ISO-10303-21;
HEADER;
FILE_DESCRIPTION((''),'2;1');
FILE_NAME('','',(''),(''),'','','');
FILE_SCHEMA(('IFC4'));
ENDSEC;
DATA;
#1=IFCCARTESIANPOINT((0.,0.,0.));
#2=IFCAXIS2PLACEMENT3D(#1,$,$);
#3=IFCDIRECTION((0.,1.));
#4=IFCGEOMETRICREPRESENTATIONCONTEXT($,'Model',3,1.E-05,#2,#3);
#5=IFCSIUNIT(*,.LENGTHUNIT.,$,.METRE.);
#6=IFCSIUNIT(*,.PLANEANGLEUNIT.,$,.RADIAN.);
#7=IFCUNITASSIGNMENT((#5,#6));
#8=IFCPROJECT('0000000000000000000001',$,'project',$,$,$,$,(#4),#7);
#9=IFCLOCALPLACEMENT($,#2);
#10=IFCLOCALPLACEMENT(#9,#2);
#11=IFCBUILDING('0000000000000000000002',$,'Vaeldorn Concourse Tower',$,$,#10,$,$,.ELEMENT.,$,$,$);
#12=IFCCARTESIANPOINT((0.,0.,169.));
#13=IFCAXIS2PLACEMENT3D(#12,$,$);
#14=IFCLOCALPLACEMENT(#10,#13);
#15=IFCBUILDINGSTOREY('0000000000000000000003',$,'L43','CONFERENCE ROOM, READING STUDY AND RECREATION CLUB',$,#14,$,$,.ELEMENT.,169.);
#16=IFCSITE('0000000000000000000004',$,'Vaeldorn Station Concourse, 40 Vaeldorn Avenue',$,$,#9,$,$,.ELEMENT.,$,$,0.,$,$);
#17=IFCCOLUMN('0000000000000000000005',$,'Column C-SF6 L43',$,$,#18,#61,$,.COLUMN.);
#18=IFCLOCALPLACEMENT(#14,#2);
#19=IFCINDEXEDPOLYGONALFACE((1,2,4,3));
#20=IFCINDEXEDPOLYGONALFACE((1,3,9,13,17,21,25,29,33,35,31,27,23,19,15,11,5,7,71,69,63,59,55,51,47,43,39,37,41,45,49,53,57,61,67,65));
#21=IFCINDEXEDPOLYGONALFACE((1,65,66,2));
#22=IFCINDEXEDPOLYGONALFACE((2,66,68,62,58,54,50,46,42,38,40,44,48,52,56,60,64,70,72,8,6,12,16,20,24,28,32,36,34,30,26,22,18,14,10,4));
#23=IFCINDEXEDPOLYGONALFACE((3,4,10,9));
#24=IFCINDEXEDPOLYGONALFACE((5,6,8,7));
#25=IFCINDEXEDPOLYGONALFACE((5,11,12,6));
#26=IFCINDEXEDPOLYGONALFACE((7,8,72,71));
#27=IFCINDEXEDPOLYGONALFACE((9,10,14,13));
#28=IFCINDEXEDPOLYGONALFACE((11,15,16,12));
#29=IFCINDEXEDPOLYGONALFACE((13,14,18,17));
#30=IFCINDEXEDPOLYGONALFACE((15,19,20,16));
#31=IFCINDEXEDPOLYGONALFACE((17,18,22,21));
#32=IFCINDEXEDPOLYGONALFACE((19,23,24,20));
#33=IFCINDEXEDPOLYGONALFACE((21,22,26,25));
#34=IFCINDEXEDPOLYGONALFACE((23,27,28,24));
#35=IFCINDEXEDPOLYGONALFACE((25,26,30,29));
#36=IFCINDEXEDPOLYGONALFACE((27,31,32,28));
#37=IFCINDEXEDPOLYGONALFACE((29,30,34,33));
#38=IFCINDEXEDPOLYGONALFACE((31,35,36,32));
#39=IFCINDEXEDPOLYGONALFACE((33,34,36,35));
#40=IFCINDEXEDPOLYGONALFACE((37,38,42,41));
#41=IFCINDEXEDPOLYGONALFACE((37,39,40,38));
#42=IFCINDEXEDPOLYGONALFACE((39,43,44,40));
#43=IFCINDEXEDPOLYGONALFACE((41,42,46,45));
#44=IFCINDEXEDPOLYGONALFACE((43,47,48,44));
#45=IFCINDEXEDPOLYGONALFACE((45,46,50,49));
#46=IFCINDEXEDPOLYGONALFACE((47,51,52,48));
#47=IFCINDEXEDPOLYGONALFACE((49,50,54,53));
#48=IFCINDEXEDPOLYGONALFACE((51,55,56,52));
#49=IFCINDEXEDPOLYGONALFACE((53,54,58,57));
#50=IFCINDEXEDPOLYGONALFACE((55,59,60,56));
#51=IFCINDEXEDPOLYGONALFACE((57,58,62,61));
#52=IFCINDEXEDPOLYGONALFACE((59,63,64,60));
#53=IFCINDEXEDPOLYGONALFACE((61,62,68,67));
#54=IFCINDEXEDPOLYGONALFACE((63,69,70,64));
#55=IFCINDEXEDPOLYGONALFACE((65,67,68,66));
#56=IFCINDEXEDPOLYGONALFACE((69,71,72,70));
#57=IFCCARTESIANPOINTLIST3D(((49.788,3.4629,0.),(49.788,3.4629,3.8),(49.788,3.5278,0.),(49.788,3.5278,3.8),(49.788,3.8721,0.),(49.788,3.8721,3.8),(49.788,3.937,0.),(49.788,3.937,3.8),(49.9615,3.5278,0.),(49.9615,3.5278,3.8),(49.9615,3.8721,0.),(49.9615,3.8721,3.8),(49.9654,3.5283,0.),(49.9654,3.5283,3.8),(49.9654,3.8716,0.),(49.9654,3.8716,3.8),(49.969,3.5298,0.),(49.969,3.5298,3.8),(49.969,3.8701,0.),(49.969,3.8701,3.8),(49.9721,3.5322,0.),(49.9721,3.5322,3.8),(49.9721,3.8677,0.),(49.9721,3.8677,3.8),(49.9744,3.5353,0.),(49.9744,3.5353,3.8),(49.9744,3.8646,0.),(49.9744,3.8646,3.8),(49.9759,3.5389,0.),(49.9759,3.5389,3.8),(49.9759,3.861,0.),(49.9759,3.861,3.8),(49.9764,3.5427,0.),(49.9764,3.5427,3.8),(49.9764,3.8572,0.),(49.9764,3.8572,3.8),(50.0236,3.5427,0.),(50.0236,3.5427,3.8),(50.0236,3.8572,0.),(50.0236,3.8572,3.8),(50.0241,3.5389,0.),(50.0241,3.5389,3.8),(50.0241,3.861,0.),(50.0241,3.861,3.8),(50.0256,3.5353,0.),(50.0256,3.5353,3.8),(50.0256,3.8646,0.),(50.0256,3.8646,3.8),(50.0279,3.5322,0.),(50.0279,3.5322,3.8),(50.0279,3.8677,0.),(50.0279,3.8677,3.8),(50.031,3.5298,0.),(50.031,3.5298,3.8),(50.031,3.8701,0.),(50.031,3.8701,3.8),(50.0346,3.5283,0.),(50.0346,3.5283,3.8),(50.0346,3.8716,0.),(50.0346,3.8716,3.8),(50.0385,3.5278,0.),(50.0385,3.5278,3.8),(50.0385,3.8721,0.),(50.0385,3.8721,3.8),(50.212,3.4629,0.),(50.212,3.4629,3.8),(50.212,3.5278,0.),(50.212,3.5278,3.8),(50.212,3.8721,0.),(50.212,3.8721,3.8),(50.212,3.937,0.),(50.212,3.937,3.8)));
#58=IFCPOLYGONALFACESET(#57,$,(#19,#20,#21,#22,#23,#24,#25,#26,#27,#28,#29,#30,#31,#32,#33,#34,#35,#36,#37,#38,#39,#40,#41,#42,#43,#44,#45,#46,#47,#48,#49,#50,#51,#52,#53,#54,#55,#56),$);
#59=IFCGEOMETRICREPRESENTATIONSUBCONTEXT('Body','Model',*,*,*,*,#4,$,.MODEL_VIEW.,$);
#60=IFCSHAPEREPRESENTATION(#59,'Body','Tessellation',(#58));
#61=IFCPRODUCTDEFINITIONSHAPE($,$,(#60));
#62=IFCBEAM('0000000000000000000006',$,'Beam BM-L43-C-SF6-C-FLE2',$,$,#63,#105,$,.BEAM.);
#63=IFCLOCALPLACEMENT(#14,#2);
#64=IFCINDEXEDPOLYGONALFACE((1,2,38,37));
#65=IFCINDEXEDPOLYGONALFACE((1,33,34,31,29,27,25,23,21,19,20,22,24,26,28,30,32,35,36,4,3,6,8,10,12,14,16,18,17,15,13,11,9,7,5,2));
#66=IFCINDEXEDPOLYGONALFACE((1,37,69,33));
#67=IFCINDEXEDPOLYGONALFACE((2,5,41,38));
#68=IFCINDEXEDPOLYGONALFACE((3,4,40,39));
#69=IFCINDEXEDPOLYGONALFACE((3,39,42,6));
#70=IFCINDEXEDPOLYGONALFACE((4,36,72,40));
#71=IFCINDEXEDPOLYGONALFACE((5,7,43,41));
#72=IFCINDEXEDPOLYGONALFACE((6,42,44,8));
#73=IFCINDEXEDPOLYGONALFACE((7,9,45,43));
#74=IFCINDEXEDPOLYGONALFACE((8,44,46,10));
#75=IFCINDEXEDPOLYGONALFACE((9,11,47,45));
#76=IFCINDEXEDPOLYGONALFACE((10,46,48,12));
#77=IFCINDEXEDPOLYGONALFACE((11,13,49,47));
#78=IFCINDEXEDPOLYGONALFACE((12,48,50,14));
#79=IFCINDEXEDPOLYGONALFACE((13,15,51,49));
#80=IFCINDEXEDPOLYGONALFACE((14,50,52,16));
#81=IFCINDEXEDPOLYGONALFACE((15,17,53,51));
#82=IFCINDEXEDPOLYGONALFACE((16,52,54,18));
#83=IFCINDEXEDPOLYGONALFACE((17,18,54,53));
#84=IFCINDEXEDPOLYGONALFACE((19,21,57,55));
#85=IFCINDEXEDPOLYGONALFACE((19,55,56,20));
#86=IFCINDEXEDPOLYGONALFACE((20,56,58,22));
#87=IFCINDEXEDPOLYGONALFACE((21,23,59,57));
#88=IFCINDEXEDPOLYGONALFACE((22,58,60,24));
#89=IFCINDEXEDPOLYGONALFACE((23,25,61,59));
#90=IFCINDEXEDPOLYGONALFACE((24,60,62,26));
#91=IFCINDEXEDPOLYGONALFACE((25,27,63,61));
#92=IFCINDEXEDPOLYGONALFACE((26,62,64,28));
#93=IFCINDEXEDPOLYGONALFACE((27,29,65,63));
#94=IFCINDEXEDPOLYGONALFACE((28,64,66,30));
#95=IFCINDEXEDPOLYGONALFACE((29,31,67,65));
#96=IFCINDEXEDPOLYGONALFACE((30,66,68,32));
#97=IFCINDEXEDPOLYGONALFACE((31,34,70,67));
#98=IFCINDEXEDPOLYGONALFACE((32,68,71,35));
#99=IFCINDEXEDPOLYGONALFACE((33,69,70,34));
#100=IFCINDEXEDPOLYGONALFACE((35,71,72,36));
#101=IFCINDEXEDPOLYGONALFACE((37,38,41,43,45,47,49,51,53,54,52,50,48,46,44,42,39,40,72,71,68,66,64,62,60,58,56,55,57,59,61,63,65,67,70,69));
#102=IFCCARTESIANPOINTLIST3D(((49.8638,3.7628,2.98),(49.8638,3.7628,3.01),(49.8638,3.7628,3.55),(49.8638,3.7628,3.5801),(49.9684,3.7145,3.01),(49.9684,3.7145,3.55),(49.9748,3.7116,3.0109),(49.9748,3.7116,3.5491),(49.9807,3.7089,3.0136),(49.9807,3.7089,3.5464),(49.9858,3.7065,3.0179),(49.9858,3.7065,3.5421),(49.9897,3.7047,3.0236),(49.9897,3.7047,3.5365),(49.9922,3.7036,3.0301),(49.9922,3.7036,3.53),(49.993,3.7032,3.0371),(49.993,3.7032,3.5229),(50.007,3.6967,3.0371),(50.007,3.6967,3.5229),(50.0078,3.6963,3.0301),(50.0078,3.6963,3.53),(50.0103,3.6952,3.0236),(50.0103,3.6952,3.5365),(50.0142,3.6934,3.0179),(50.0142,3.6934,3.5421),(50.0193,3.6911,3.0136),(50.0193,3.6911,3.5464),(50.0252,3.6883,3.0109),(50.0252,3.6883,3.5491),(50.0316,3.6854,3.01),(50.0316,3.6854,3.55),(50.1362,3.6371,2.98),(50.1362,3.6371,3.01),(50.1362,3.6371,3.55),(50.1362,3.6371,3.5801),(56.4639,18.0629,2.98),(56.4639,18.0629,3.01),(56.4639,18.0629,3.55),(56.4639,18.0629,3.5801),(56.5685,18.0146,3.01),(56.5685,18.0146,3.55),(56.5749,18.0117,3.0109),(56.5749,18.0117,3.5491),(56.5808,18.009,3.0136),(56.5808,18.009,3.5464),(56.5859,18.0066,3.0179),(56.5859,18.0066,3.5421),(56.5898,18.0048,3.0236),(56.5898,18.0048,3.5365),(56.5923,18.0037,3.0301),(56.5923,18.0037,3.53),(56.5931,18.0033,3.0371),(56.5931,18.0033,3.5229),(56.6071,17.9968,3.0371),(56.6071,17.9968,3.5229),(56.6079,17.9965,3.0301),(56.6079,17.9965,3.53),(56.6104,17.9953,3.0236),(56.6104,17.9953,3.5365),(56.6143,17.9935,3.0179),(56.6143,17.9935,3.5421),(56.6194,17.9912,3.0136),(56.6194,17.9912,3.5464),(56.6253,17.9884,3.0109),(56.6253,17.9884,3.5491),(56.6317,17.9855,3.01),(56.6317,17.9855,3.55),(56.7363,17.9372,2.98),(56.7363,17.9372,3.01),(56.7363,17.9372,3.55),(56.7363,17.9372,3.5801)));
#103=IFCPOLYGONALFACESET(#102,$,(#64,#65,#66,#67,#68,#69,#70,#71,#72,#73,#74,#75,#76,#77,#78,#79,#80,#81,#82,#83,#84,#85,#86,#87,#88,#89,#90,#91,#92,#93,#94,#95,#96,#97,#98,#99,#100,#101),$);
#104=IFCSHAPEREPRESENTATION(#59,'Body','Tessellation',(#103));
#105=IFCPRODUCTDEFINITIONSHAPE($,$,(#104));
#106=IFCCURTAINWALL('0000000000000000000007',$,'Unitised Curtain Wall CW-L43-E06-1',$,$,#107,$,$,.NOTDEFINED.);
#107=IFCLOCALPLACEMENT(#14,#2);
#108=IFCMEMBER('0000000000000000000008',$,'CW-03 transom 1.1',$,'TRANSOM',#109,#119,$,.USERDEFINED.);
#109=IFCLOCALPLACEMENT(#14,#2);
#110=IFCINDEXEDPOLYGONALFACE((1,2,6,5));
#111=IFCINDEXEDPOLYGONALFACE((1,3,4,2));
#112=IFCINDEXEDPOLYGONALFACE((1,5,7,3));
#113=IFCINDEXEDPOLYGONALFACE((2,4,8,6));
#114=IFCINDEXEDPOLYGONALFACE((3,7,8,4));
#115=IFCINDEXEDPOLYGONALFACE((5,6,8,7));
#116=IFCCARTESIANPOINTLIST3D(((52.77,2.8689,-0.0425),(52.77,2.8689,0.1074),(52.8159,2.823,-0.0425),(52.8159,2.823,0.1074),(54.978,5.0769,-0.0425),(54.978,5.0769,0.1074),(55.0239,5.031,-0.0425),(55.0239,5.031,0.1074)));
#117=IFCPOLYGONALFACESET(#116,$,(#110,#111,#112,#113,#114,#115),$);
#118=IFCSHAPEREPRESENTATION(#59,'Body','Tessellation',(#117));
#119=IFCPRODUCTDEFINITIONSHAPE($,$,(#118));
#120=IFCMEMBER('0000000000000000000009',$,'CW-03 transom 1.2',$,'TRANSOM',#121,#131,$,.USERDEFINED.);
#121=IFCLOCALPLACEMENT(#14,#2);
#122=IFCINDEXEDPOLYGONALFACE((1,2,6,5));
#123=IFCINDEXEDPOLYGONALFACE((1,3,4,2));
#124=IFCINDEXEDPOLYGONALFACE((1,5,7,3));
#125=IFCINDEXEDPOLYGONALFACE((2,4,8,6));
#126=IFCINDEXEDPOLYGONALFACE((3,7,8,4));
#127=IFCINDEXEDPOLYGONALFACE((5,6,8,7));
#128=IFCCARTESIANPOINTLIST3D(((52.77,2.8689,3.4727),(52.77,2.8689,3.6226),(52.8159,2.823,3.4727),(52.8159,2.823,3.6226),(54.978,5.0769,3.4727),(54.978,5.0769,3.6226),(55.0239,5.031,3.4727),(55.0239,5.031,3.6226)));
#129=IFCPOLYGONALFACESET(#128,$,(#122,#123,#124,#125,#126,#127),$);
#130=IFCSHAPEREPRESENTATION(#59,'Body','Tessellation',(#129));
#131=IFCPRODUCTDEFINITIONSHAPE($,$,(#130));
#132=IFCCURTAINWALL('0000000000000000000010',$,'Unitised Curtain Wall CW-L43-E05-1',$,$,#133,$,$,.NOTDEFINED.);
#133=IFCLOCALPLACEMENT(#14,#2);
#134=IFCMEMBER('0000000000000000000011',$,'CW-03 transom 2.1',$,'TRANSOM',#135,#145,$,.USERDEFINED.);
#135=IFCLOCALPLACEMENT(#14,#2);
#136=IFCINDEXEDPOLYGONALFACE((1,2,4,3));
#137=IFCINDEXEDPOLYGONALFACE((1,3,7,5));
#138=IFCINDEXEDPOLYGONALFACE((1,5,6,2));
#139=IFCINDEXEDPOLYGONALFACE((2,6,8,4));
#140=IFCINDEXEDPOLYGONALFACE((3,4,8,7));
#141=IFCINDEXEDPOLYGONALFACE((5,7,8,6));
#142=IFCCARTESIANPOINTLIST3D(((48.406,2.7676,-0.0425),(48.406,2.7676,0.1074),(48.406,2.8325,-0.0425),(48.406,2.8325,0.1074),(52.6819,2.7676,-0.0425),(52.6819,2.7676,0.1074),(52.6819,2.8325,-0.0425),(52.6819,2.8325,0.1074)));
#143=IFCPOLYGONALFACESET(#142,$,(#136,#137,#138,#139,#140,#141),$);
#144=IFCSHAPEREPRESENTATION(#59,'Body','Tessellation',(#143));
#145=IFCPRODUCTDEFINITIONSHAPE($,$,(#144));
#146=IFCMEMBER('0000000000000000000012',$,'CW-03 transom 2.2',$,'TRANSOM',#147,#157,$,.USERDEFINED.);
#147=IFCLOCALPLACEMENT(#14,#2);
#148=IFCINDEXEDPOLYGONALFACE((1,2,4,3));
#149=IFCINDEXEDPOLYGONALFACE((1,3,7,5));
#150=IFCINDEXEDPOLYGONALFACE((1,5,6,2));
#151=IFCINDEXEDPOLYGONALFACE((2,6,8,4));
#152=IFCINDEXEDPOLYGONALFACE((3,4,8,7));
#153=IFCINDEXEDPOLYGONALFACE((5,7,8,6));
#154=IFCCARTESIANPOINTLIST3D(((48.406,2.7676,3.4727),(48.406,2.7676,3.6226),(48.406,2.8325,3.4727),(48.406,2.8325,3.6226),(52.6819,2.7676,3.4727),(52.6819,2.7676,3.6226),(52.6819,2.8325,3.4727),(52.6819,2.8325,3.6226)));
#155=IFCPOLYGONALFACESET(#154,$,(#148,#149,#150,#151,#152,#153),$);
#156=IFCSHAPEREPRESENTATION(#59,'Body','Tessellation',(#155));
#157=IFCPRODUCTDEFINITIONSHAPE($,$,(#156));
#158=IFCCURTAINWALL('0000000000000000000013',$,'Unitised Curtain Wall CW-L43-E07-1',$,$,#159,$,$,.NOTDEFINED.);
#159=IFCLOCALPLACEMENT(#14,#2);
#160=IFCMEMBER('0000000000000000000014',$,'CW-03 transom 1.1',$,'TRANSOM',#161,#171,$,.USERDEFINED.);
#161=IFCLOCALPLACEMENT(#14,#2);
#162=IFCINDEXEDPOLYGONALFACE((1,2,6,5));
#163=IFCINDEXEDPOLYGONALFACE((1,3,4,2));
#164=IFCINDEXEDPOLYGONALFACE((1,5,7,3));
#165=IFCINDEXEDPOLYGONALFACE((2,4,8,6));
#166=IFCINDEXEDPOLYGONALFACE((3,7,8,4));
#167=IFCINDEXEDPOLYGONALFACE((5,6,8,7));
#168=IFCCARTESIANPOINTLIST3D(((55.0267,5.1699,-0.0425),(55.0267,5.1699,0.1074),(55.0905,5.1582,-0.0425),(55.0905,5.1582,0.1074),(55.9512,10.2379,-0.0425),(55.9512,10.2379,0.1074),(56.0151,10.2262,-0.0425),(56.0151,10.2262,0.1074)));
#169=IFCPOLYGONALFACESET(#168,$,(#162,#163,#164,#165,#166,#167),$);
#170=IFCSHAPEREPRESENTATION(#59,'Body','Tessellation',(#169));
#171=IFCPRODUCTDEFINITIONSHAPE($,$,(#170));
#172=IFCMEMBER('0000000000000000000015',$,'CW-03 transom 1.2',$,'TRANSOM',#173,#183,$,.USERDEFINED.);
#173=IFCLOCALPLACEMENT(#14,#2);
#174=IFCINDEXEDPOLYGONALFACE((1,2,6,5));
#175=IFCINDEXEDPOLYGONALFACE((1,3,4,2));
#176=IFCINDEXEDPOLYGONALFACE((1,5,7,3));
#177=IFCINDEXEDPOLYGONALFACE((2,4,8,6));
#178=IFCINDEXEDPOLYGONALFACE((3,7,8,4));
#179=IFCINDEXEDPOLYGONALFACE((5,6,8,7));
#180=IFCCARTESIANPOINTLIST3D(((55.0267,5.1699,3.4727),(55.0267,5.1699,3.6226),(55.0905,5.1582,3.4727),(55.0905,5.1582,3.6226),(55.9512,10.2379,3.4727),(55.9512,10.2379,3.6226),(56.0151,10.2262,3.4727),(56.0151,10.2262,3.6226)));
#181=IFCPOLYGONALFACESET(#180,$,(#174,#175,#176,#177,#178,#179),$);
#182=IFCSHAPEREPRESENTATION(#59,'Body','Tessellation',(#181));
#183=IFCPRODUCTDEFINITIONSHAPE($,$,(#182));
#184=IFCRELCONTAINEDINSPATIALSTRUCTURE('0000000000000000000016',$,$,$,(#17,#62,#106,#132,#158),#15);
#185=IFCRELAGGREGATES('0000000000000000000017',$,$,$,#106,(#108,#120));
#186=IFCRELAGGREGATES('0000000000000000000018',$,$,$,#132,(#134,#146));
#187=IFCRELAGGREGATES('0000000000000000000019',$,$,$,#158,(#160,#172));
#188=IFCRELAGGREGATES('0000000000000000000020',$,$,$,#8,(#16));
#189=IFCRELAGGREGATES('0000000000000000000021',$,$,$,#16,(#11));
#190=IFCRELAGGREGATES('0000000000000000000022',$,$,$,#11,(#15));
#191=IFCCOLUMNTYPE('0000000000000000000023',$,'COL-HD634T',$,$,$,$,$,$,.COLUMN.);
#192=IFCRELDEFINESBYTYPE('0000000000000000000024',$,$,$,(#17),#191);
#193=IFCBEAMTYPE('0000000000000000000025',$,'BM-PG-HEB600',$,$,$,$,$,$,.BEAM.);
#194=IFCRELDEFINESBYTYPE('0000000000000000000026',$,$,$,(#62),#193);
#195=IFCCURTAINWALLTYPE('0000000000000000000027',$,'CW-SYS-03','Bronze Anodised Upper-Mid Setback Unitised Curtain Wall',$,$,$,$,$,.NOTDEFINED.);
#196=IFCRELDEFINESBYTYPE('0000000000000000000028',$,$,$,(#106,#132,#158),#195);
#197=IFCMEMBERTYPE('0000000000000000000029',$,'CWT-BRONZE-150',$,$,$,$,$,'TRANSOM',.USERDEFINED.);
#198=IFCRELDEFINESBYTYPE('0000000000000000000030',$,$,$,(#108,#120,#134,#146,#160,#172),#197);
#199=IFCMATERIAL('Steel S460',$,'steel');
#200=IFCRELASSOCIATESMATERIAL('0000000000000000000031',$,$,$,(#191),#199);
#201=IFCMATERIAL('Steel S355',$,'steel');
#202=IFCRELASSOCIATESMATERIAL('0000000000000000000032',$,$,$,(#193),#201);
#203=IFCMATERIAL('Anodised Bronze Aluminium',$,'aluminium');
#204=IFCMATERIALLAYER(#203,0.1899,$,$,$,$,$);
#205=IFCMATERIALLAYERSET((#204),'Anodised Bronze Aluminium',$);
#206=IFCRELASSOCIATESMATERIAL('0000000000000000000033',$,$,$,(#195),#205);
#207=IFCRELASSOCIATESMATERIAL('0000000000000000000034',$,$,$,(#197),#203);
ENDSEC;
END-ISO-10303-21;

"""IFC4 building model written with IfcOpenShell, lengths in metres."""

from ifc_helpers import new_model, si_unit, direction, frame, origin, origin_2d, place, context, subcontext, project, spatial, rectangle, i_section, extrude, source, transform, mapped, material, layer, layer_set, material_profile, profile_set, type_object, element, aggregate, save


model = new_model("IFC4")

# Units and contexts
model_context = context("Model", 3, precision=1e-05, world=origin(), true_north=direction((0.0, 1.0)))
body_context = subcontext(model_context, "Body", "Model", "MODEL_VIEW")
ifc_project = project(units=[si_unit("LENGTHUNIT", "METRE"), si_unit("PLANEANGLEUNIT", "RADIAN")], contexts=[model_context])

# Site, building, storey
site_placement = place(None, origin())
site = spatial("IfcSite", under=ifc_project, at=site_placement, Name="Vaeldorn Station Concourse, 40 Vaeldorn Avenue", CompositionType="ELEMENT", RefElevation=0.0)
building_placement = place(site_placement, origin())
building = spatial("IfcBuilding", under=site, at=building_placement, Name="Vaeldorn Concourse Tower", CompositionType="ELEMENT")
storey_placement = place(building_placement, frame((0.0, 0.0, 169.0)))
storey = spatial("IfcBuildingStorey", under=building, at=storey_placement, Name="L43", Description="CONFERENCE ROOM, READING STUDY AND RECREATION CLUB", CompositionType="ELEMENT", Elevation=169.0)

# Column
ifc_material_1 = material(Name="Steel S460", Category="steel")
ifc_material_profile_1 = material_profile(ifc_material_1, i_section(OverallWidth=0.4241, OverallDepth=0.4741, WebThickness=0.0471, FlangeThickness=0.0649, FilletRadius=0.0149, at=origin_2d()), Name="HD 400x634")
ifc_profile_set_1 = profile_set([ifc_material_profile_1], Name="Steel S460")
column_type = type_object("IfcColumnType", Name="COL-HD634T", PredefinedType="COLUMN", material=ifc_profile_set_1)
shared_shape_1 = source(origin(), body_context, "Body", "SweptSolid", [
    extrude(i_section(OverallWidth=0.4241, OverallDepth=0.4741, WebThickness=0.0471, FlangeThickness=0.0649, FilletRadius=0.0149, at=origin_2d()), origin(), (0.0, 0.0, 1.0), 3.8),
])
column_placement = place(storey_placement, frame((50.0, 3.7, 0.0), z_axis=(0.0, 0.0, 1.0), x_axis=(1.0, 0.0, 0.0)))
element("IfcColumn", 1, at=column_placement, inside=storey, type_object=column_type, Name="Column C-SF6 L43", PredefinedType="COLUMN", context=body_context, shape_type="MappedRepresentation", body=[
    mapped(shared_shape_1, transform((0.0, 0.0, 0.0), scale=1.0)),
])

# Beam
ifc_material_2 = material(Name="Steel S355", Category="steel")
ifc_material_profile_2 = material_profile(ifc_material_2, i_section(OverallWidth=0.3, OverallDepth=0.6001, WebThickness=0.0154, FlangeThickness=0.03, FilletRadius=0.0271, at=origin_2d()), Name="HEB 600")
ifc_profile_set_2 = profile_set([ifc_material_profile_2], Name="Steel S355")
beam_type = type_object("IfcBeamType", Name="BM-PG-HEB600", PredefinedType="BEAM", material=ifc_profile_set_2)
shared_shape_2 = source(origin(), body_context, "Body", "SweptSolid", [
    extrude(i_section(OverallWidth=0.3, OverallDepth=0.6001, WebThickness=0.0154, FlangeThickness=0.03, FilletRadius=0.0271, at=origin_2d()), origin(), (0.0, 0.0, 1.0), 15.7498),
])
beam_placement = place(storey_placement, frame((50.0, 3.7, 3.28), z_axis=(0.419062, 0.907958, 0.0), x_axis=(-0.907958, 0.419062, 0.0)))
element("IfcBeam", 2, at=beam_placement, inside=storey, type_object=beam_type, Name="Beam BM-L43-C-SF6-C-FLE2", PredefinedType="BEAM", context=body_context, shape_type="MappedRepresentation", body=[
    mapped(shared_shape_2, transform((0.0, 0.0, 0.0), scale=1.0)),
])

# Curtain walls, members
ifc_material_3 = material(Name="Anodised Bronze Aluminium", Category="aluminium")
ifc_layer_1 = layer(ifc_material_3, 0.1899)
ifc_layer_set_1 = layer_set([ifc_layer_1], Name="Anodised Bronze Aluminium")
curtain_wall_type = type_object("IfcCurtainWallType", Name="CW-SYS-03", Description="Bronze Anodised Upper-Mid Setback Unitised Curtain Wall", PredefinedType="NOTDEFINED", material=ifc_layer_set_1)
curtain_wall_1_placement = place(storey_placement, origin())
curtain_wall_1 = element("IfcCurtainWall", 3, at=curtain_wall_1_placement, inside=storey, type_object=curtain_wall_type, Name="Unitised Curtain Wall CW-L43-E06-1", PredefinedType="NOTDEFINED")
ifc_material_profile_3 = material_profile(ifc_material_3, rectangle(XDim=0.0649, YDim=0.1499, at=origin_2d()), Name="CWT 65x150")
ifc_profile_set_3 = profile_set([ifc_material_profile_3], Name="Anodised Bronze Aluminium")
member_type_1 = type_object("IfcMemberType", Name="CWT-BRONZE-150", ElementType="TRANSOM", PredefinedType="USERDEFINED", material=ifc_profile_set_3)
shared_shape_3 = source(origin(), body_context, "Body", "SweptSolid", [
    extrude(rectangle(XDim=0.0649, YDim=0.1499, at=origin_2d()), origin(), (0.0, 0.0, 1.0), 3.1226),
])
member_1_placement = place(storey_placement, frame((52.793, 2.8459, 0.0325), z_axis=(0.707107, 0.707107, 0.0), x_axis=(-0.707107, 0.707107, 0.0)))
member_1 = element("IfcMember", 4, at=member_1_placement, type_object=member_type_1, Name="CW-03 transom 1.1", ObjectType="TRANSOM", PredefinedType="USERDEFINED", context=body_context, shape_type="MappedRepresentation", body=[
    mapped(shared_shape_3, transform((0.0, 0.0, 0.0), scale=1.0)),
])
member_2_placement = place(storey_placement, frame((52.793, 2.8459, 3.5476), z_axis=(0.707107, 0.707107, 0.0), x_axis=(-0.707107, 0.707107, 0.0)))
member_2 = element("IfcMember", 5, at=member_2_placement, type_object=member_type_1, Name="CW-03 transom 1.2", ObjectType="TRANSOM", PredefinedType="USERDEFINED", context=body_context, shape_type="MappedRepresentation", body=[
    mapped(shared_shape_3, transform((0.0, 0.0, 0.0), scale=1.0)),
])
curtain_wall_2_placement = place(storey_placement, origin())
curtain_wall_2 = element("IfcCurtainWall", 6, at=curtain_wall_2_placement, inside=storey, type_object=curtain_wall_type, Name="Unitised Curtain Wall CW-L43-E05-1", PredefinedType="NOTDEFINED")
shared_shape_4 = source(origin(), body_context, "Body", "SweptSolid", [
    extrude(rectangle(XDim=0.0649, YDim=0.1499, at=origin_2d()), origin(), (0.0, 0.0, 1.0), 4.2759),
])
member_3_placement = place(storey_placement, frame((48.406, 2.8, 0.0325), z_axis=(1.0, 0.0, 0.0), x_axis=(0.0, 1.0, 0.0)))
member_3 = element("IfcMember", 7, at=member_3_placement, type_object=member_type_1, Name="CW-03 transom 2.1", ObjectType="TRANSOM", PredefinedType="USERDEFINED", context=body_context, shape_type="MappedRepresentation", body=[
    mapped(shared_shape_4, transform((0.0, 0.0, 0.0), scale=1.0)),
])
member_4_placement = place(storey_placement, frame((48.406, 2.8, 3.5476), z_axis=(1.0, 0.0, 0.0), x_axis=(0.0, 1.0, 0.0)))
member_4 = element("IfcMember", 8, at=member_4_placement, type_object=member_type_1, Name="CW-03 transom 2.2", ObjectType="TRANSOM", PredefinedType="USERDEFINED", context=body_context, shape_type="MappedRepresentation", body=[
    mapped(shared_shape_4, transform((0.0, 0.0, 0.0), scale=1.0)),
])
curtain_wall_3_placement = place(storey_placement, origin())
curtain_wall_3 = element("IfcCurtainWall", 9, at=curtain_wall_3_placement, inside=storey, type_object=curtain_wall_type, Name="Unitised Curtain Wall CW-L43-E07-1", PredefinedType="NOTDEFINED")
shared_shape_5 = source(origin(), body_context, "Body", "SweptSolid", [
    extrude(rectangle(XDim=0.0649, YDim=0.1499, at=origin_2d()), origin(), (0.0, 0.0, 1.0), 5.1516),
])
member_5_placement = place(storey_placement, frame((55.0586, 5.1641, 0.0325), z_axis=(0.179473, 0.983763, 0.0), x_axis=(-0.983763, 0.179473, 0.0)))
member_5 = element("IfcMember", 10, at=member_5_placement, type_object=member_type_1, Name="CW-03 transom 1.1", ObjectType="TRANSOM", PredefinedType="USERDEFINED", context=body_context, shape_type="MappedRepresentation", body=[
    mapped(shared_shape_5, transform((0.0, 0.0, 0.0), scale=1.0)),
])
member_6_placement = place(storey_placement, frame((55.0586, 5.1641, 3.5476), z_axis=(0.179473, 0.983763, 0.0), x_axis=(-0.983763, 0.179473, 0.0)))
member_6 = element("IfcMember", 11, at=member_6_placement, type_object=member_type_1, Name="CW-03 transom 1.2", ObjectType="TRANSOM", PredefinedType="USERDEFINED", context=body_context, shape_type="MappedRepresentation", body=[
    mapped(shared_shape_5, transform((0.0, 0.0, 0.0), scale=1.0)),
])

aggregate(curtain_wall_1, [member_1, member_2])
aggregate(curtain_wall_2, [member_3, member_4])
aggregate(curtain_wall_3, [member_5, member_6])

save(model, "model.ifc")
